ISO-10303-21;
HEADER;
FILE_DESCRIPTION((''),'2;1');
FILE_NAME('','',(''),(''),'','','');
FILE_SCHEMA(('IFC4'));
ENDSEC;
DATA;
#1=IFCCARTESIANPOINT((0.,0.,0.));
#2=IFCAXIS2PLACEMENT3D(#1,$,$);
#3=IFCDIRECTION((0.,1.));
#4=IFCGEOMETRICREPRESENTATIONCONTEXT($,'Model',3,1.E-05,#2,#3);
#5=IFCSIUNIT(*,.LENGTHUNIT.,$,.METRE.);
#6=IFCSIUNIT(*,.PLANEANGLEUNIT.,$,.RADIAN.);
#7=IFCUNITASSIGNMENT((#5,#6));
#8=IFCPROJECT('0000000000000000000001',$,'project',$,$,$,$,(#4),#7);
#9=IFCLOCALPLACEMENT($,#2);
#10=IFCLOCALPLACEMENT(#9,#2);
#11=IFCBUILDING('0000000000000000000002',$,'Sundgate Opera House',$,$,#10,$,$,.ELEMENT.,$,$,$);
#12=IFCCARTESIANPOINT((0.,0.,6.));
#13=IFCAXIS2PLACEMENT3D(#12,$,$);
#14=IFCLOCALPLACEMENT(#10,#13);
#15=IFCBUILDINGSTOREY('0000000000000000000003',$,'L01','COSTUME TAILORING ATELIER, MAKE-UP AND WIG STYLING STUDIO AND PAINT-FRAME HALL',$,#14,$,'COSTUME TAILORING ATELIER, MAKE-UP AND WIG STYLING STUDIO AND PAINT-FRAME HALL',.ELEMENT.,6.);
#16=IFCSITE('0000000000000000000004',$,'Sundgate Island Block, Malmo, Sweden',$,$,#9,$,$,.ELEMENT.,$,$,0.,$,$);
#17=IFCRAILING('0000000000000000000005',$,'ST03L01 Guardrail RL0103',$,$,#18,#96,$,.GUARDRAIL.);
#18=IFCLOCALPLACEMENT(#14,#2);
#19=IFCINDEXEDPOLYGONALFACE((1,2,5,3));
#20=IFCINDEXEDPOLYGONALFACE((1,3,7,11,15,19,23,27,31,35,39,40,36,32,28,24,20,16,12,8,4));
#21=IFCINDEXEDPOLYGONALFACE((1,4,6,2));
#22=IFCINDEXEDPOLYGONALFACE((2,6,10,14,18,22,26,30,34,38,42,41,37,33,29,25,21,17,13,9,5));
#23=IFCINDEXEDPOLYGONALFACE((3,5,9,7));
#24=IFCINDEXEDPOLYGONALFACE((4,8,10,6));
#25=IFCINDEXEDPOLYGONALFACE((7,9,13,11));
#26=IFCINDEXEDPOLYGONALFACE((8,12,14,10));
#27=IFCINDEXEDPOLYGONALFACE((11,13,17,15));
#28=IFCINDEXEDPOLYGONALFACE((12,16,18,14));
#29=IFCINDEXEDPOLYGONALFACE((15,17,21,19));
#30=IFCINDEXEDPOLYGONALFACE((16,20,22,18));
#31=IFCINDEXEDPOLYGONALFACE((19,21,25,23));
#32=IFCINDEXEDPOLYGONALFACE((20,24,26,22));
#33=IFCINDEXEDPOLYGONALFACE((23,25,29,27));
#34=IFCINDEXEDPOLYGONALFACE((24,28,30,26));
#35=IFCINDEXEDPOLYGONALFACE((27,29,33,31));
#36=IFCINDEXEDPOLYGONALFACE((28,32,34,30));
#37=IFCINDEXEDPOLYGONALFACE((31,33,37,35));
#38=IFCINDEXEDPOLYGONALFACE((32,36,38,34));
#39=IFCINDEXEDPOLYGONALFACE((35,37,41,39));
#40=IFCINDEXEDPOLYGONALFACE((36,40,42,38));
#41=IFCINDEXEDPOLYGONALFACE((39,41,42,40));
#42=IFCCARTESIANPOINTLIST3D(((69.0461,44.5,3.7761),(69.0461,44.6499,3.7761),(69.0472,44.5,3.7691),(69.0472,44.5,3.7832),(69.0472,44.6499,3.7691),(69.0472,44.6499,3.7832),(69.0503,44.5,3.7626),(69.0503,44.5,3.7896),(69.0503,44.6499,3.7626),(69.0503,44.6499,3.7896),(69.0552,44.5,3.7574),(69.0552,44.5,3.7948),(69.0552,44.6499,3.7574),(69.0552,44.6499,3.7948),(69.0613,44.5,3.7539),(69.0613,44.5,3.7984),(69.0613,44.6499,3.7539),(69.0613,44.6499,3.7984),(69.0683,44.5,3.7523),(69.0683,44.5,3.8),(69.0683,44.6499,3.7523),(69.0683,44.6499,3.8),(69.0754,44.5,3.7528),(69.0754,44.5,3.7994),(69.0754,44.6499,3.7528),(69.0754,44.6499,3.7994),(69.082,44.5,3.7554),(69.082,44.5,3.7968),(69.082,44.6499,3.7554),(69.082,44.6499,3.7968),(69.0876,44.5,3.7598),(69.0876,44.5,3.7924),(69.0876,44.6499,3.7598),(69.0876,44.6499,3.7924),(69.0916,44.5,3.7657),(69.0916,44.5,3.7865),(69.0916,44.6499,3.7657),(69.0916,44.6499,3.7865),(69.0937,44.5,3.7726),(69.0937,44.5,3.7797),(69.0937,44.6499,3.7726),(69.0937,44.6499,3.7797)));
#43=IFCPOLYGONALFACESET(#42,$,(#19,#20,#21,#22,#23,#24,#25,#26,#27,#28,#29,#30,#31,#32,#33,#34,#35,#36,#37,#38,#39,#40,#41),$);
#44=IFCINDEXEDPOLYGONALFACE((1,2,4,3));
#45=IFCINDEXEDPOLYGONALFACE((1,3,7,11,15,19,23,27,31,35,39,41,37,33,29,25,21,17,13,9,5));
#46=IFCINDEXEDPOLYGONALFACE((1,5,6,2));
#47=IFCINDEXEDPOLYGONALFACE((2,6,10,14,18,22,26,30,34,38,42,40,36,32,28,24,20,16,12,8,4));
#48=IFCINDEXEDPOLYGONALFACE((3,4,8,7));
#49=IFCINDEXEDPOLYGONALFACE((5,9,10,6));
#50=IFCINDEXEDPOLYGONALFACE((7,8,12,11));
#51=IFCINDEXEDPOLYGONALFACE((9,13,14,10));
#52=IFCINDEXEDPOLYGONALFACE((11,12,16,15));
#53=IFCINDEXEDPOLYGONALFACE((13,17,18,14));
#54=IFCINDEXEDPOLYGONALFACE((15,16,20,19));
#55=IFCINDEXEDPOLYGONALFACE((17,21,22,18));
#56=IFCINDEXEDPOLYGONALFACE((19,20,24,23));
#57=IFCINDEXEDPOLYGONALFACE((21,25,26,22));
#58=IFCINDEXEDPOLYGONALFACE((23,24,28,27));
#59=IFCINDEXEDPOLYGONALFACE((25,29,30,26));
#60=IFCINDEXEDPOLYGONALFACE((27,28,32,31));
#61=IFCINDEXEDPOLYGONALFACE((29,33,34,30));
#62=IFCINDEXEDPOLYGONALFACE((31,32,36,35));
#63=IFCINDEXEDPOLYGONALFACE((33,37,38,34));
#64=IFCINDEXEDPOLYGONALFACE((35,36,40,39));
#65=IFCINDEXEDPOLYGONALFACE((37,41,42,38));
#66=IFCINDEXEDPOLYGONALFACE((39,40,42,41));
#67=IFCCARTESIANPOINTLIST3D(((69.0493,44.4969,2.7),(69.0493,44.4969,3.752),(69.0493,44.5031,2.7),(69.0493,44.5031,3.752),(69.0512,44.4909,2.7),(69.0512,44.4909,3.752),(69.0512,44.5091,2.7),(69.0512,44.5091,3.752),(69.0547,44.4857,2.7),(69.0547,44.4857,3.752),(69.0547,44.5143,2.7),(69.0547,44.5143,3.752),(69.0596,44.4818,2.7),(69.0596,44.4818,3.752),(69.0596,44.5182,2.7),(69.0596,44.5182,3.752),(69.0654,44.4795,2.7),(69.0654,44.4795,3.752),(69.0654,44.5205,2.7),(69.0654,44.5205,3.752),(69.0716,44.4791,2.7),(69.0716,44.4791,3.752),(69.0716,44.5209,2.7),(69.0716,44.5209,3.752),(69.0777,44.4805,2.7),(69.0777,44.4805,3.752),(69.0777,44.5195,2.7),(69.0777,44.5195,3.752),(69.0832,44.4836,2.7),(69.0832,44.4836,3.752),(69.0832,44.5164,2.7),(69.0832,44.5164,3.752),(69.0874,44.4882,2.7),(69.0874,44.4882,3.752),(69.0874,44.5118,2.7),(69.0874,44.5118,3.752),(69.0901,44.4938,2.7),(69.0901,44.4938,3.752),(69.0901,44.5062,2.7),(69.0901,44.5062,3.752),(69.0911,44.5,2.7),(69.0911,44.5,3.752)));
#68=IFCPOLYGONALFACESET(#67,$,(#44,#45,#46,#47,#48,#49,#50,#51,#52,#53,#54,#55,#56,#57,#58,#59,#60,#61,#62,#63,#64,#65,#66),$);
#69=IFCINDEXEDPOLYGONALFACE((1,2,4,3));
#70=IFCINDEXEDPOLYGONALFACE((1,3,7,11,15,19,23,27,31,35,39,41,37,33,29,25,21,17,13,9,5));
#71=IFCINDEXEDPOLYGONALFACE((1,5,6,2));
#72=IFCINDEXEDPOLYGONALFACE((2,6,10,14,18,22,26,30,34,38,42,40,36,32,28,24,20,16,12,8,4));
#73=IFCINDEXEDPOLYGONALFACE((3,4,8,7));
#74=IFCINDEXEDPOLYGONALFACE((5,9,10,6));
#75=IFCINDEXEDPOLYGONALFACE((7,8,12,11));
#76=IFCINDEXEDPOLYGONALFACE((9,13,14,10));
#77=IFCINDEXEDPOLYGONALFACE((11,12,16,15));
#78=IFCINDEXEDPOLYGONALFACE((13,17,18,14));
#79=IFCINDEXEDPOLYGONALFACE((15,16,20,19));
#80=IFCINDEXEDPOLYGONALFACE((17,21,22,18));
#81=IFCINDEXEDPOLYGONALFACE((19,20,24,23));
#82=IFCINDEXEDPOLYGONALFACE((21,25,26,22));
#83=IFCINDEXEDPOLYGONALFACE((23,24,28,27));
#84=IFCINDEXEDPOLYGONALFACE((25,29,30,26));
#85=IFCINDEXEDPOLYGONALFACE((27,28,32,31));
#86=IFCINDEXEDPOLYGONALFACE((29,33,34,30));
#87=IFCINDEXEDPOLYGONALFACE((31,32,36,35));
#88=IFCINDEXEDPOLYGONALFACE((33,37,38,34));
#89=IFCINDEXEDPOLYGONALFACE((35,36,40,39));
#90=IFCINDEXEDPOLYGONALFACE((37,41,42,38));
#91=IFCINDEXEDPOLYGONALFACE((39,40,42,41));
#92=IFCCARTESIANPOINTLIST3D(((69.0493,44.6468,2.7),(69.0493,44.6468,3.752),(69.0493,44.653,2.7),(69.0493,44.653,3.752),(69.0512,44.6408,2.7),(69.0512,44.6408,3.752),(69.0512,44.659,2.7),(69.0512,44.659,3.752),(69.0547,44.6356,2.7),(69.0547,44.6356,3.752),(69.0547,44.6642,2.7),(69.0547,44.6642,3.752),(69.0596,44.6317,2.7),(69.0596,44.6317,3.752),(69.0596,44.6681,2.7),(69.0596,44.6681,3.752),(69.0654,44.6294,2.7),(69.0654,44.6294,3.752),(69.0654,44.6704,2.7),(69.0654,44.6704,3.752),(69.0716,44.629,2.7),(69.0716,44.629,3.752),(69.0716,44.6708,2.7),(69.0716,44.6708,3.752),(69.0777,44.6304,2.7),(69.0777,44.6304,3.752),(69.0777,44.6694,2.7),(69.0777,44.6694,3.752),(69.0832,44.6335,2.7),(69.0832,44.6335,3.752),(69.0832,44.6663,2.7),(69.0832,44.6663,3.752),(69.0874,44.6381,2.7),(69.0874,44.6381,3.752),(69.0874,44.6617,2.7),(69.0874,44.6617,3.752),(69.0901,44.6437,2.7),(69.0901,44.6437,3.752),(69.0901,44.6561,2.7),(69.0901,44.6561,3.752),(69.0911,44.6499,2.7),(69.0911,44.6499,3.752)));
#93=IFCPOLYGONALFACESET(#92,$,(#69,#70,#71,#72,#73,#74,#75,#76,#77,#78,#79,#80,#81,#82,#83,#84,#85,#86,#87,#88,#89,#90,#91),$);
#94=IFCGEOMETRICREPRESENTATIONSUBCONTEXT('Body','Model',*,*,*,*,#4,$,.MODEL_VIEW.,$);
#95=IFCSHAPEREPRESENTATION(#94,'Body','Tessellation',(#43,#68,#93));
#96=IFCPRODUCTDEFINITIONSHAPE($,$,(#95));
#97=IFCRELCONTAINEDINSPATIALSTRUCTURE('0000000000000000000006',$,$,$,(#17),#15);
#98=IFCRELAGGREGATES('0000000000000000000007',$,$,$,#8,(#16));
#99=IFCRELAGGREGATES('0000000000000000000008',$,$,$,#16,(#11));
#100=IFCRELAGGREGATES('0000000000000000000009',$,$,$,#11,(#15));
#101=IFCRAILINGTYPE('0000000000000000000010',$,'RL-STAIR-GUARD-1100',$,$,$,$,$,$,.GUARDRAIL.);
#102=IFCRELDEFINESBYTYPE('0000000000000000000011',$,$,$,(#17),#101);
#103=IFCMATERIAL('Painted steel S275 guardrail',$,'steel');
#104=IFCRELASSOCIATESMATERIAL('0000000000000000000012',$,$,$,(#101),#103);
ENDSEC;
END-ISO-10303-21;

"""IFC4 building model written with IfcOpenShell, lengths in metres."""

from ifc_helpers import new_model, si_unit, direction, frame, origin, origin_2d, place, context, subcontext, project, spatial, circle, extrude, material, type_object, element, save


model = new_model("IFC4")

# Units and contexts
model_context = context("Model", 3, precision=1e-05, world=origin(), true_north=direction((0.0, 1.0)))
body_context = subcontext(model_context, "Body", "Model", "MODEL_VIEW")
ifc_project = project(units=[si_unit("LENGTHUNIT", "METRE"), si_unit("PLANEANGLEUNIT", "RADIAN")], contexts=[model_context])

# Site, building, storey
site_placement = place(None, origin())
site = spatial("IfcSite", under=ifc_project, at=site_placement, Name="Sundgate Island Block, Malmo, Sweden", CompositionType="ELEMENT", RefElevation=0.0)
building_placement = place(site_placement, origin())
building = spatial("IfcBuilding", under=site, at=building_placement, Name="Sundgate Opera House", CompositionType="ELEMENT")
storey_placement = place(building_placement, frame((0.0, 0.0, 6.0)))
storey = spatial("IfcBuildingStorey", under=building, at=storey_placement, Name="L01", Description="COSTUME TAILORING ATELIER, MAKE-UP AND WIG STYLING STUDIO AND PAINT-FRAME HALL", LongName="COSTUME TAILORING ATELIER, MAKE-UP AND WIG STYLING STUDIO AND PAINT-FRAME HALL", CompositionType="ELEMENT", Elevation=6.0)

# Railing
ifc_material_1 = material(Name="Painted steel S275 guardrail", Category="steel")
railing_type_1 = type_object("IfcRailingType", Name="RL-STAIR-GUARD-1100", PredefinedType="GUARDRAIL", material=ifc_material_1)
railing_1_placement = place(storey_placement, frame((69.0701, 44.5, 2.7)))
element("IfcRailing", 1, at=railing_1_placement, inside=storey, type_object=railing_type_1, Name="ST03L01 Guardrail RL0103", PredefinedType="GUARDRAIL", context=body_context, shape_type="SweptSolid", body=[
    extrude(circle(Radius=0.0239, at=origin_2d()), frame((0.0, 0.0, 1.0762), z_axis=(0.0, 1.0, 0.0), x_axis=(-1.0, 0.0, 0.0)), (0.0, 0.0, 1.0), 0.1499),
    extrude(circle(Radius=0.021, at=origin_2d()), origin(), (0.0, 0.0, 1.0), 1.052),
    extrude(circle(Radius=0.021, at=origin_2d()), frame((0.0, 0.1499, 0.0)), (0.0, 0.0, 1.0), 1.052),
])

save(model, "model.ifc")
